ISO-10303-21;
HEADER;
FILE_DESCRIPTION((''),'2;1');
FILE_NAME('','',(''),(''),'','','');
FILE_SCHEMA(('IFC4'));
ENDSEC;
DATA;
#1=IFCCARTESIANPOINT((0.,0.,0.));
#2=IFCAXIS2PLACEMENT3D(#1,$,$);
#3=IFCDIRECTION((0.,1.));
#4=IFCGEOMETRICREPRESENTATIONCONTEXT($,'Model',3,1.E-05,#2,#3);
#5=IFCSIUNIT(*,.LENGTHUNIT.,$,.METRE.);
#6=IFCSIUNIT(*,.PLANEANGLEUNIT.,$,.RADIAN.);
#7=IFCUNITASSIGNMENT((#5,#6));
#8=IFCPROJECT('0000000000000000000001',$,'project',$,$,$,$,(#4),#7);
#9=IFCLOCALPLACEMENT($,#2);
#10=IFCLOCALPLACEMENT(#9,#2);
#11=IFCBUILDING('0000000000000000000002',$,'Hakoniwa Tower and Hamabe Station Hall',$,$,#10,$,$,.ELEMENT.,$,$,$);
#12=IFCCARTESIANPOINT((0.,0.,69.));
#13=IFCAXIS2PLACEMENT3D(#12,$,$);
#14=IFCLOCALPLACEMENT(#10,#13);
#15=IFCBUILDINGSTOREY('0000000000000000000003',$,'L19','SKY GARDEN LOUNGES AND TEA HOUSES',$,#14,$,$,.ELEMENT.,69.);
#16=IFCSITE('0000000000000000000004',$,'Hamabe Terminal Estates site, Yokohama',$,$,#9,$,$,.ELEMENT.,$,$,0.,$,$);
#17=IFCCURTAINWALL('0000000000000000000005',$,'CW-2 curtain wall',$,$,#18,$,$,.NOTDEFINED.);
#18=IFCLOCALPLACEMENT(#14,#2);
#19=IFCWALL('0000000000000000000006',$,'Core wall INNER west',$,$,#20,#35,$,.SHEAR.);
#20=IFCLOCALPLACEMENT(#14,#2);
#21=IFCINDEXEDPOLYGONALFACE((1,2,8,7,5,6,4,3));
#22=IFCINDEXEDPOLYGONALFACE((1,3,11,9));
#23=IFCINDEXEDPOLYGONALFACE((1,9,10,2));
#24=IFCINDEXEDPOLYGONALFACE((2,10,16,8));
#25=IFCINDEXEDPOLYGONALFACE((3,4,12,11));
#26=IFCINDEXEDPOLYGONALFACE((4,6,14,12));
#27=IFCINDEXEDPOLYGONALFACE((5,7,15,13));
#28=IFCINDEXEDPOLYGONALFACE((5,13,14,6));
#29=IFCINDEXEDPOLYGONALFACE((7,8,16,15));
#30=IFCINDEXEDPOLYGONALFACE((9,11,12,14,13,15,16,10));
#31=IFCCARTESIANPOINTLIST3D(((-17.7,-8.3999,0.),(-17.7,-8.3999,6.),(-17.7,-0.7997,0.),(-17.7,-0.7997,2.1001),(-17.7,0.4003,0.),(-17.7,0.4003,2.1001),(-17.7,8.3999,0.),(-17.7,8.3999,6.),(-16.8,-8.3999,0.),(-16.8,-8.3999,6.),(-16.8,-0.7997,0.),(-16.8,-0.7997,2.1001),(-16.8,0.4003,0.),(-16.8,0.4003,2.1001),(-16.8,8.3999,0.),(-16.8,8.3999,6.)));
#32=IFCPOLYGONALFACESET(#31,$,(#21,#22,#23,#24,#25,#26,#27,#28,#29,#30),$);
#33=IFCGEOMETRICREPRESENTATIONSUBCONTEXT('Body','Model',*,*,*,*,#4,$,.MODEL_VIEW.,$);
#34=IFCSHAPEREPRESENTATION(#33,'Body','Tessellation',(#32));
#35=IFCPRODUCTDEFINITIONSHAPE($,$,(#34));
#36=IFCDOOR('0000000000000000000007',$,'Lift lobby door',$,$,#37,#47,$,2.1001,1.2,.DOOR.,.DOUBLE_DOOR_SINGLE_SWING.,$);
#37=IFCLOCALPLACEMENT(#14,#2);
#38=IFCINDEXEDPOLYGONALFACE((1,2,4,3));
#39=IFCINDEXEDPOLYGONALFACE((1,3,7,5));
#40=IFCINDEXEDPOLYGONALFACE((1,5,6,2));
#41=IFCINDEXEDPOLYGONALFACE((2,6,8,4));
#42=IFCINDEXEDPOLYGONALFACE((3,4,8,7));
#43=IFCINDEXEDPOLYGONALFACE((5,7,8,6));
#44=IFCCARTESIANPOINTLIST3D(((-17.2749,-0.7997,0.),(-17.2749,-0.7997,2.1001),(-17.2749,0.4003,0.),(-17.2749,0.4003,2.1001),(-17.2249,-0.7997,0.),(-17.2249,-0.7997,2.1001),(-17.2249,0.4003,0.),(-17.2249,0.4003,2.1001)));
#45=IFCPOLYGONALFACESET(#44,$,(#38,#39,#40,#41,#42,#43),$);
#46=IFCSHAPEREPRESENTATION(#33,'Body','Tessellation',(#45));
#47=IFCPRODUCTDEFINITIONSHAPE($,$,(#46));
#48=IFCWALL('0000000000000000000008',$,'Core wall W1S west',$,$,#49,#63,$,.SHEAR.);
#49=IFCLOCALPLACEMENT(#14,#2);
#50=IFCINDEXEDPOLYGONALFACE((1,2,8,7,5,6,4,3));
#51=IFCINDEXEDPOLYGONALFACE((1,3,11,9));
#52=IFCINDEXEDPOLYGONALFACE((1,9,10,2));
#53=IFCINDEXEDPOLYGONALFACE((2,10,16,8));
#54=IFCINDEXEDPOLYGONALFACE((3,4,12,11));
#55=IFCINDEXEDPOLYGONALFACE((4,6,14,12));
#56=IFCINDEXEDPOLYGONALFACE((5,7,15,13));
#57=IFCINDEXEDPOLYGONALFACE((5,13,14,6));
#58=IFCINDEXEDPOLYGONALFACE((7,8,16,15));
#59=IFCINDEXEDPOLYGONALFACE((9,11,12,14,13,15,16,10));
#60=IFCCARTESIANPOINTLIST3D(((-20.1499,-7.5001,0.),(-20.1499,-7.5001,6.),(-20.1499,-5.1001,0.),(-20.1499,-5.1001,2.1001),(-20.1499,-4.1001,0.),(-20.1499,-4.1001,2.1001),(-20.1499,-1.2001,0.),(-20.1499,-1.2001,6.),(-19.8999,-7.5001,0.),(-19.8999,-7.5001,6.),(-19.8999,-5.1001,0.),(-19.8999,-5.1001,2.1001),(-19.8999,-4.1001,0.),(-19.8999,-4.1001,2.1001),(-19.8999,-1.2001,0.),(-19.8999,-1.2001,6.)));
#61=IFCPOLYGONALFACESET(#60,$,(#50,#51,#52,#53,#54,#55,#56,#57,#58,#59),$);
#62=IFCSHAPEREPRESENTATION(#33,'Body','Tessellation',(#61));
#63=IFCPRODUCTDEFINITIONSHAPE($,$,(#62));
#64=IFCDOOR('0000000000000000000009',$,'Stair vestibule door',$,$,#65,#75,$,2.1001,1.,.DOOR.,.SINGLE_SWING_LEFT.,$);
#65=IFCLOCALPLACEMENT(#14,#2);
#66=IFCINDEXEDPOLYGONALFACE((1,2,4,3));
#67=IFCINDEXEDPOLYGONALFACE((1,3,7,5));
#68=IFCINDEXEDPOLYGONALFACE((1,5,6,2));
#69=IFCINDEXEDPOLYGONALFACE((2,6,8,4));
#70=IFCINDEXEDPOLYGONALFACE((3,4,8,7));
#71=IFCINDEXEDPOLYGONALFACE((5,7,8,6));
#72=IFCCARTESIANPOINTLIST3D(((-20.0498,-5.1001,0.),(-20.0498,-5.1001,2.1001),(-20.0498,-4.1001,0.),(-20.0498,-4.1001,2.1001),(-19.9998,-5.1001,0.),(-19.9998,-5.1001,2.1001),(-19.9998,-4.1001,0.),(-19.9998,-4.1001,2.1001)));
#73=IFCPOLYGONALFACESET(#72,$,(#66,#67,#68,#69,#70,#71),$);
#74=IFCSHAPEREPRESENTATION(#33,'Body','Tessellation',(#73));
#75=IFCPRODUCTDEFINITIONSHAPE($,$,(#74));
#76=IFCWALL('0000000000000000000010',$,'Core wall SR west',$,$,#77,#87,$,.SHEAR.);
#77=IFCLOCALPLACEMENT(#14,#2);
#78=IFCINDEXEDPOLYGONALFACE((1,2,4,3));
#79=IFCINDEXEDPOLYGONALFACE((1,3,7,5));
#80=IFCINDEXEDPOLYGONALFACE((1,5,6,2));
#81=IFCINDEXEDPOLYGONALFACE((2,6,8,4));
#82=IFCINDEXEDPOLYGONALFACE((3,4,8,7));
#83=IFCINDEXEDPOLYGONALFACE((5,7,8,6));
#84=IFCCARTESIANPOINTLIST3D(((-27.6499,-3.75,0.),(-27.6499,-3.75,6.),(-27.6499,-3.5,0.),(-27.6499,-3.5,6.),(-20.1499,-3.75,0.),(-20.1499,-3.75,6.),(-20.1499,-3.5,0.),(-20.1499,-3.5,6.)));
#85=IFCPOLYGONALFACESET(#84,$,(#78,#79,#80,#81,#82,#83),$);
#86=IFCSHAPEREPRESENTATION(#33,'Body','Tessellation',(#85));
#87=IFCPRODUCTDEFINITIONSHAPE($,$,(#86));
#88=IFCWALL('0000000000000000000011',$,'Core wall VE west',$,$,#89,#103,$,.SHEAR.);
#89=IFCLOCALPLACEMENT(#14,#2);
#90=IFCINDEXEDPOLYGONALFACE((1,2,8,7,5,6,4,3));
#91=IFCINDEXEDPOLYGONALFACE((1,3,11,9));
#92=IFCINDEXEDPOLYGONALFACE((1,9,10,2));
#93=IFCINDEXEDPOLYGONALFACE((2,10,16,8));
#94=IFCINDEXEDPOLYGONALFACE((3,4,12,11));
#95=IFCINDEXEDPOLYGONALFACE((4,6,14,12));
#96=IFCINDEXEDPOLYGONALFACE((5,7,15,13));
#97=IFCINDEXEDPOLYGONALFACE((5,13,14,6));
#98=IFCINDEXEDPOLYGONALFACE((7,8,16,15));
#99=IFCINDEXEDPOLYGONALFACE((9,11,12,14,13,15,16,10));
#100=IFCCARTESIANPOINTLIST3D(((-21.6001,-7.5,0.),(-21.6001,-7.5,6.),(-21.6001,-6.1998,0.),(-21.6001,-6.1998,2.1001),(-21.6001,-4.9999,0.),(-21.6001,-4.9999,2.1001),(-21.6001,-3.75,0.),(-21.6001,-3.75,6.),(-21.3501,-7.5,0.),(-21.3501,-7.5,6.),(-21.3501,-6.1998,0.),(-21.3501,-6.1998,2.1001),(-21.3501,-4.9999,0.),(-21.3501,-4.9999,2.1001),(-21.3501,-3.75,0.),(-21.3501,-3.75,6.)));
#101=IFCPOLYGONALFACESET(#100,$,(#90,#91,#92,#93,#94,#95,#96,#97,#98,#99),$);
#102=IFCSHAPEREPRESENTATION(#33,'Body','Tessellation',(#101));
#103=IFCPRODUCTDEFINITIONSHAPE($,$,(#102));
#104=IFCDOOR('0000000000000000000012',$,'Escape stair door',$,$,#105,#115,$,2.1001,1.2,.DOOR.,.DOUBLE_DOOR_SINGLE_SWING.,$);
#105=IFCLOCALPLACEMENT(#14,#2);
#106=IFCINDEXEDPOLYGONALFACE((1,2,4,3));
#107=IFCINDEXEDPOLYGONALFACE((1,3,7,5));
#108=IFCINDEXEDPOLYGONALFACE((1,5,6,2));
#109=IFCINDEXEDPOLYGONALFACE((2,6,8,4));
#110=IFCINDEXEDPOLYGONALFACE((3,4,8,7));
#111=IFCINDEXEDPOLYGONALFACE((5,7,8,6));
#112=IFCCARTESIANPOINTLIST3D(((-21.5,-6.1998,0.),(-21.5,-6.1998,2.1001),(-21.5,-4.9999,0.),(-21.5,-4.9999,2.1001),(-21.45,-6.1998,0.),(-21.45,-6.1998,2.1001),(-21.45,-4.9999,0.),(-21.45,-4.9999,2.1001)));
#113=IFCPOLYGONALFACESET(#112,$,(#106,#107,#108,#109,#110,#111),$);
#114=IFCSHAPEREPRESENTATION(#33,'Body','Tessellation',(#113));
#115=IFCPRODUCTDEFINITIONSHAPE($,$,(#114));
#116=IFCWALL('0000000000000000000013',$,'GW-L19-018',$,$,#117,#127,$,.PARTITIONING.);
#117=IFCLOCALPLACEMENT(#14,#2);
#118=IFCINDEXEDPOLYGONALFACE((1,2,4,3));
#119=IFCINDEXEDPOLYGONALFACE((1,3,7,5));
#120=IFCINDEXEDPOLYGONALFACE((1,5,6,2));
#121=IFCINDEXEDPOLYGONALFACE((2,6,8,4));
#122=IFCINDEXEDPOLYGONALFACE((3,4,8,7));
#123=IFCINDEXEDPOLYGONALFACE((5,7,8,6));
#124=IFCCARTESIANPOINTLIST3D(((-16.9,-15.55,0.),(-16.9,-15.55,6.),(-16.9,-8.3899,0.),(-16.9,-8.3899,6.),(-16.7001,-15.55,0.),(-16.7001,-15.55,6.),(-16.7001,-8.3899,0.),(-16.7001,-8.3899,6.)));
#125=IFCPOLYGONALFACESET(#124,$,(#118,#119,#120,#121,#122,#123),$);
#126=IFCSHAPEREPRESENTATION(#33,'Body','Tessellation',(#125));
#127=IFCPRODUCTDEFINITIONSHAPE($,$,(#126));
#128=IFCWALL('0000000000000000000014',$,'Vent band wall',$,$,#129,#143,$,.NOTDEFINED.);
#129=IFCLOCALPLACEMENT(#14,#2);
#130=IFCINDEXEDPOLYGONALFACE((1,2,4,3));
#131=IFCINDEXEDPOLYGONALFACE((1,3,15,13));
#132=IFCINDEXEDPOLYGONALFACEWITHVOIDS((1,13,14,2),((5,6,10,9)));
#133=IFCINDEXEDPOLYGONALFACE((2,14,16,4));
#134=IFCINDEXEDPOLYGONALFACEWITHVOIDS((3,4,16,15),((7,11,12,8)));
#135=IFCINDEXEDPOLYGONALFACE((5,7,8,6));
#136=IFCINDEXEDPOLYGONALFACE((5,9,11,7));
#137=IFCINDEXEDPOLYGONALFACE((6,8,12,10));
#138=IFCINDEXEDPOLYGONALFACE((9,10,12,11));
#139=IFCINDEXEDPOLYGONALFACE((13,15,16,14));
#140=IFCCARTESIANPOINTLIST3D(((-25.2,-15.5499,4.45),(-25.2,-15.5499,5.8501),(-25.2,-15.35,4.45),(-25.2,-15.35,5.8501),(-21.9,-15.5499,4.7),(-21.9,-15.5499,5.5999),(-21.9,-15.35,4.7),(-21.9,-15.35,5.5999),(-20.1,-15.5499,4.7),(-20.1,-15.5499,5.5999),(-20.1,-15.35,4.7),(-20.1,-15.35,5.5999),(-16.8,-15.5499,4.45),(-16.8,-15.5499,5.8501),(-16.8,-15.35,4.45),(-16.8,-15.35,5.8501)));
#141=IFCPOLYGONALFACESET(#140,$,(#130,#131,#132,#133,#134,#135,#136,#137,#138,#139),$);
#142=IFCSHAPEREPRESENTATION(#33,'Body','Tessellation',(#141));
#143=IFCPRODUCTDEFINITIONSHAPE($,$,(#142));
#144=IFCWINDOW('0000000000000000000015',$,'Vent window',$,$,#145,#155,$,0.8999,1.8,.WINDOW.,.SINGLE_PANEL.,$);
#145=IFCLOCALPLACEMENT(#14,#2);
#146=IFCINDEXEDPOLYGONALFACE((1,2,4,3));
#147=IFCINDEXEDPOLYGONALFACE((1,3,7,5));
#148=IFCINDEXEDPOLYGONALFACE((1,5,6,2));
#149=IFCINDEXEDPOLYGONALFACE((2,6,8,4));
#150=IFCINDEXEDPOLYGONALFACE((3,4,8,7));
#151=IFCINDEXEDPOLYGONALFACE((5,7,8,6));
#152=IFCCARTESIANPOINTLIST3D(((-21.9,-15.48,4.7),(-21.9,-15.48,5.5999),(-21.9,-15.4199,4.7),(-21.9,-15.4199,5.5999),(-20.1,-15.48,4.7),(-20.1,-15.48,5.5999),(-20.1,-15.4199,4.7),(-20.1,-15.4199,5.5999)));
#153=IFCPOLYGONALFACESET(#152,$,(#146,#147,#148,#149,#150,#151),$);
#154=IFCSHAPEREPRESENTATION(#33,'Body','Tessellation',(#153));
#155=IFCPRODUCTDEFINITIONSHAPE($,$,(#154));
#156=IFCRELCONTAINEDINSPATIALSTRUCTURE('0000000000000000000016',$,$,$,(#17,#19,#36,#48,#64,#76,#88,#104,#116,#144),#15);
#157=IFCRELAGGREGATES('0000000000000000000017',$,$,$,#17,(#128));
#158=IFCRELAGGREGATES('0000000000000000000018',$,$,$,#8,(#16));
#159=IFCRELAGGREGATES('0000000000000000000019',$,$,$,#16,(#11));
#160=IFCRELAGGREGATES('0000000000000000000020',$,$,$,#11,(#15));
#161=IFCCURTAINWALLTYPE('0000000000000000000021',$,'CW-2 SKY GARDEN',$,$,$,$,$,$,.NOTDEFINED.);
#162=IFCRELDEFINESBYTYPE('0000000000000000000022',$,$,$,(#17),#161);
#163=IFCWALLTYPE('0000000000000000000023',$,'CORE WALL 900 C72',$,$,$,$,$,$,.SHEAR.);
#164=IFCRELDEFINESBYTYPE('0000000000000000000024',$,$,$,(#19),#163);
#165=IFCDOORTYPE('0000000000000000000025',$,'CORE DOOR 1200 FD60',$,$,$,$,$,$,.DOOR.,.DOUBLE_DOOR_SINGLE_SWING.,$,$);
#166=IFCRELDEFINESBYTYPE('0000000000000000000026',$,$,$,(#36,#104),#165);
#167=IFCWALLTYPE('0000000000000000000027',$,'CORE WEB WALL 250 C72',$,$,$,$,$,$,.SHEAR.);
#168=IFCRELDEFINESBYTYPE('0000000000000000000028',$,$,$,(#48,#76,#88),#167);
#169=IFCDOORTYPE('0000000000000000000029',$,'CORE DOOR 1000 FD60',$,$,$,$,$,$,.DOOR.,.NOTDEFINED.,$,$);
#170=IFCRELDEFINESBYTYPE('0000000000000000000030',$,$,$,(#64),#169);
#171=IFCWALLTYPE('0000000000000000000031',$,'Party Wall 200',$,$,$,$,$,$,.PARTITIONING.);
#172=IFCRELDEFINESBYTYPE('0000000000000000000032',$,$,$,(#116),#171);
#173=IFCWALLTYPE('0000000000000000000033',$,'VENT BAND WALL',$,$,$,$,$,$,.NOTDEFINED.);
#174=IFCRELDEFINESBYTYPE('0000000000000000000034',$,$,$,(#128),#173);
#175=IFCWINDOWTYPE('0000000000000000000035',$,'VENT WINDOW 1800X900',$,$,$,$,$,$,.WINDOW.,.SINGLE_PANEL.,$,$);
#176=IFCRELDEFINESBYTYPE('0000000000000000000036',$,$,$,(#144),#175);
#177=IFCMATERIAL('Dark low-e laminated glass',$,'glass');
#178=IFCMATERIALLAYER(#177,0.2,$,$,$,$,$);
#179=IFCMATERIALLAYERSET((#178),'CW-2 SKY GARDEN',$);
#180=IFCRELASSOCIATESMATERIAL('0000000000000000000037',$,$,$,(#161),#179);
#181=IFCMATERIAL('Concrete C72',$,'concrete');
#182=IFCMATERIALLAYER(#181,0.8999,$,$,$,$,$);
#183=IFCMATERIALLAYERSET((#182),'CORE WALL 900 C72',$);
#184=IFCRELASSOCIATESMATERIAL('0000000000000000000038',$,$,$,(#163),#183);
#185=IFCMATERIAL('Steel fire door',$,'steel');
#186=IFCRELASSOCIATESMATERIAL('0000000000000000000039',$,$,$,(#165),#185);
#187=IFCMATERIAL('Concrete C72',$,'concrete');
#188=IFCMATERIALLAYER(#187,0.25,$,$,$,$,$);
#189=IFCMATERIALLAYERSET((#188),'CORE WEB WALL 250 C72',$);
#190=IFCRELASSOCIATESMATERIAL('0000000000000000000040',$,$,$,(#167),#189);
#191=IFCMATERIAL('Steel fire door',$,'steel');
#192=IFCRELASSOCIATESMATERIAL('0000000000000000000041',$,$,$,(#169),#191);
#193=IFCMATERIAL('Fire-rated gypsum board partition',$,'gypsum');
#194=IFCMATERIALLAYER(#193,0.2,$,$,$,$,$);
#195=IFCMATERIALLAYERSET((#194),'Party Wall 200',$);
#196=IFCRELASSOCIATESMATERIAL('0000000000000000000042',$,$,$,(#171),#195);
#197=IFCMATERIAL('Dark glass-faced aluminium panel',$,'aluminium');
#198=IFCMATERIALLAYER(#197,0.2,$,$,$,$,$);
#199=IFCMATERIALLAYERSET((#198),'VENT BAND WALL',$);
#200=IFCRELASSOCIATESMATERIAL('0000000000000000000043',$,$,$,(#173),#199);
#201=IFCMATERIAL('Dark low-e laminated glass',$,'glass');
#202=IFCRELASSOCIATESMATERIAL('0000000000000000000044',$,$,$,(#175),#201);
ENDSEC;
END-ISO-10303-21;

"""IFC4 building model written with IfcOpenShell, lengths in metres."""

from ifc_helpers import new_model, si_unit, direction, frame, frame_2d, origin, place, context, subcontext, project, spatial, rectangle, extrude, material, layer, layer_set, type_object, element, fill, aggregate, save


model = new_model("IFC4")

# Units and contexts
model_context = context("Model", 3, precision=1e-05, world=origin(), true_north=direction((0.0, 1.0)))
body_context = subcontext(model_context, "Body", "Model", "MODEL_VIEW")
ifc_project = project(units=[si_unit("LENGTHUNIT", "METRE"), si_unit("PLANEANGLEUNIT", "RADIAN")], contexts=[model_context])

# Site, building, storey
site_placement = place(None, origin())
site = spatial("IfcSite", under=ifc_project, at=site_placement, Name="Hamabe Terminal Estates site, Yokohama", CompositionType="ELEMENT", RefElevation=0.0)
building_placement = place(site_placement, origin())
building = spatial("IfcBuilding", under=site, at=building_placement, Name="Hakoniwa Tower and Hamabe Station Hall", CompositionType="ELEMENT")
storey_placement = place(building_placement, frame((0.0, 0.0, 69.0)))
storey = spatial("IfcBuildingStorey", under=building, at=storey_placement, Name="L19", Description="SKY GARDEN LOUNGES AND TEA HOUSES", CompositionType="ELEMENT", Elevation=69.0)

# Curtain wall
ifc_material_1 = material(Name="Dark low-e laminated glass", Category="glass")
ifc_layer_1 = layer(ifc_material_1, 0.2)
ifc_layer_set_1 = layer_set([ifc_layer_1], Name="CW-2 SKY GARDEN")
curtain_wall_type = type_object("IfcCurtainWallType", Name="CW-2 SKY GARDEN", PredefinedType="NOTDEFINED", material=ifc_layer_set_1)
curtain_wall_placement = place(storey_placement, origin())
curtain_wall = element("IfcCurtainWall", 1, at=curtain_wall_placement, inside=storey, type_object=curtain_wall_type, Name="CW-2 curtain wall", PredefinedType="NOTDEFINED")

# Walls, openings, doors
ifc_material_2 = material(Name="Concrete C72", Category="concrete")
ifc_layer_2 = layer(ifc_material_2, 0.8999)
ifc_layer_set_2 = layer_set([ifc_layer_2], Name="CORE WALL 900 C72")
wall_type_1 = type_object("IfcWallType", Name="CORE WALL 900 C72", PredefinedType="SHEAR", material=ifc_layer_set_2)
wall_1_placement = place(storey_placement, frame((-17.25, -8.3999, 0.0), z_axis=(0.0, 0.0, 1.0), x_axis=(0.0, 1.0, 0.0)))
wall_1 = element("IfcWall", 2, at=wall_1_placement, inside=storey, type_object=wall_type_1, Name="Core wall INNER west", PredefinedType="SHEAR", context=body_context, shape_type="SweptSolid", body=[
    extrude(rectangle(XDim=16.7998, YDim=0.8999, at=frame_2d((8.3999, 0.0))), origin(), (0.0, 0.0, 1.0), 6.0),
])
opening_1_placement = place(wall_1_placement, frame((7.6001, 0.0, 0.0)))
opening_1 = element("IfcOpeningElement", 3, at=opening_1_placement, cuts=wall_1, PredefinedType="OPENING", context=body_context, shape_type="SweptSolid", body=[
    extrude(rectangle(XDim=1.2, YDim=2.1001, at=frame_2d((0.6001, 1.05))), frame((0.0, 0.46, 0.0), z_axis=(0.0, -1.0, 0.0), x_axis=(1.0, 0.0, 0.0)), (0.0, 0.0, 1.0), 0.9199),
])
ifc_material_3 = material(Name="Steel fire door", Category="steel")
door_type_1 = type_object("IfcDoorType", Name="CORE DOOR 1200 FD60", OperationType="DOUBLE_DOOR_SINGLE_SWING", PredefinedType="DOOR", material=ifc_material_3)
door_1_placement = place(opening_1_placement, origin())
door_1 = element("IfcDoor", 4, at=door_1_placement, inside=storey, type_object=door_type_1, Name="Lift lobby door", OperationType="DOUBLE_DOOR_SINGLE_SWING", OverallHeight=2.1001, OverallWidth=1.2, PredefinedType="DOOR", context=body_context, shape_type="SweptSolid", body=[
    extrude(rectangle(XDim=1.2, YDim=2.1001, at=frame_2d((0.6001, 1.05))), frame((0.0, 0.0249, 0.0), z_axis=(0.0, -1.0, 0.0), x_axis=(1.0, 0.0, 0.0)), (0.0, 0.0, 1.0), 0.05),
])
fill(opening_1, door_1)
ifc_material_4 = material(Name="Concrete C72", Category="concrete")
ifc_layer_3 = layer(ifc_material_4, 0.25)
ifc_layer_set_3 = layer_set([ifc_layer_3], Name="CORE WEB WALL 250 C72")
wall_type_2 = type_object("IfcWallType", Name="CORE WEB WALL 250 C72", PredefinedType="SHEAR", material=ifc_layer_set_3)
wall_2_placement = place(storey_placement, frame((-20.0249, -7.5, 0.0), z_axis=(0.0, 0.0, 1.0), x_axis=(0.0, 1.0, 0.0)))
wall_2 = element("IfcWall", 5, at=wall_2_placement, inside=storey, type_object=wall_type_2, Name="Core wall W1S west", PredefinedType="SHEAR", context=body_context, shape_type="SweptSolid", body=[
    extrude(rectangle(XDim=6.3, YDim=0.25, at=frame_2d((3.1499, 0.0))), origin(), (0.0, 0.0, 1.0), 6.0),
])
opening_2_placement = place(wall_2_placement, frame((2.3999, 0.0, 0.0)))
opening_2 = element("IfcOpeningElement", 6, at=opening_2_placement, cuts=wall_2, PredefinedType="OPENING", context=body_context, shape_type="SweptSolid", body=[
    extrude(rectangle(XDim=1.0, YDim=2.1001, at=frame_2d((0.5, 1.05))), frame((0.0, 0.135, 0.0), z_axis=(0.0, -1.0, 0.0), x_axis=(1.0, 0.0, 0.0)), (0.0, 0.0, 1.0), 0.27),
])
ifc_material_5 = material(Name="Steel fire door", Category="steel")
door_type_2 = type_object("IfcDoorType", Name="CORE DOOR 1000 FD60", OperationType="NOTDEFINED", PredefinedType="DOOR", material=ifc_material_5)
door_2_placement = place(opening_2_placement, origin())
door_2 = element("IfcDoor", 7, at=door_2_placement, inside=storey, type_object=door_type_2, Name="Stair vestibule door", OperationType="SINGLE_SWING_LEFT", OverallHeight=2.1001, OverallWidth=1.0, PredefinedType="DOOR", context=body_context, shape_type="SweptSolid", body=[
    extrude(rectangle(XDim=1.0, YDim=2.1001, at=frame_2d((0.5, 1.05))), frame((0.0, 0.0249, 0.0), z_axis=(0.0, -1.0, 0.0), x_axis=(1.0, 0.0, 0.0)), (0.0, 0.0, 1.0), 0.05),
])
fill(opening_2, door_2)

# Wall
wall_3_placement = place(storey_placement, frame((-27.6499, -3.625, 0.0), z_axis=(0.0, 0.0, 1.0), x_axis=(1.0, 0.0, 0.0)))
element("IfcWall", 8, at=wall_3_placement, inside=storey, type_object=wall_type_2, Name="Core wall SR west", PredefinedType="SHEAR", context=body_context, shape_type="SweptSolid", body=[
    extrude(rectangle(XDim=7.5, YDim=0.25, at=frame_2d((3.75, 0.0))), origin(), (0.0, 0.0, 1.0), 6.0),
])

# Wall, opening, door
wall_4_placement = place(storey_placement, frame((-21.4751, -7.5, 0.0), z_axis=(0.0, 0.0, 1.0), x_axis=(0.0, 1.0, 0.0)))
wall_4 = element("IfcWall", 9, at=wall_4_placement, inside=storey, type_object=wall_type_2, Name="Core wall VE west", PredefinedType="SHEAR", context=body_context, shape_type="SweptSolid", body=[
    extrude(rectangle(XDim=3.75, YDim=0.25, at=frame_2d((1.875, 0.0))), origin(), (0.0, 0.0, 1.0), 6.0),
])
opening_3_placement = place(wall_4_placement, frame((1.3, 0.0, 0.0)))
opening_3 = element("IfcOpeningElement", 10, at=opening_3_placement, cuts=wall_4, PredefinedType="OPENING", context=body_context, shape_type="SweptSolid", body=[
    extrude(rectangle(XDim=1.2, YDim=2.1001, at=frame_2d((0.6001, 1.05))), frame((0.0, 0.135, 0.0), z_axis=(0.0, -1.0, 0.0), x_axis=(1.0, 0.0, 0.0)), (0.0, 0.0, 1.0), 0.27),
])
door_3_placement = place(opening_3_placement, origin())
door_3 = element("IfcDoor", 11, at=door_3_placement, inside=storey, type_object=door_type_1, Name="Escape stair door", OperationType="DOUBLE_DOOR_SINGLE_SWING", OverallHeight=2.1001, OverallWidth=1.2, PredefinedType="DOOR", context=body_context, shape_type="SweptSolid", body=[
    extrude(rectangle(XDim=1.2, YDim=2.1001, at=frame_2d((0.6001, 1.05))), frame((0.0, 0.0249, 0.0), z_axis=(0.0, -1.0, 0.0), x_axis=(1.0, 0.0, 0.0)), (0.0, 0.0, 1.0), 0.05),
])
fill(opening_3, door_3)

# Wall
ifc_material_6 = material(Name="Fire-rated gypsum board partition", Category="gypsum")
ifc_layer_4 = layer(ifc_material_6, 0.2)
ifc_layer_set_4 = layer_set([ifc_layer_4], Name="Party Wall 200")
wall_type_3 = type_object("IfcWallType", Name="Party Wall 200", PredefinedType="PARTITIONING", material=ifc_layer_set_4)
wall_5_placement = place(storey_placement, frame((-16.8, -15.55, 0.0), z_axis=(0.0, 0.0, 1.0), x_axis=(0.0, 1.0, 0.0)))
element("IfcWall", 12, at=wall_5_placement, inside=storey, type_object=wall_type_3, Name="GW-L19-018", PredefinedType="PARTITIONING", context=body_context, shape_type="SweptSolid", body=[
    extrude(rectangle(XDim=7.1602, YDim=0.2, at=frame_2d((3.5801, 0.0))), origin(), (0.0, 0.0, 1.0), 6.0),
])

# Wall, opening, window
ifc_material_7 = material(Name="Dark glass-faced aluminium panel", Category="aluminium")
ifc_layer_5 = layer(ifc_material_7, 0.2)
ifc_layer_set_5 = layer_set([ifc_layer_5], Name="VENT BAND WALL")
wall_type_4 = type_object("IfcWallType", Name="VENT BAND WALL", PredefinedType="NOTDEFINED", material=ifc_layer_set_5)
wall_6_placement = place(storey_placement, frame((-25.2, -15.45, 4.45), z_axis=(0.0, 0.0, 1.0), x_axis=(1.0, 0.0, 0.0)))
wall_6 = element("IfcWall", 13, at=wall_6_placement, type_object=wall_type_4, Name="Vent band wall", PredefinedType="NOTDEFINED", context=body_context, shape_type="SweptSolid", body=[
    extrude(rectangle(XDim=8.3999, YDim=0.2, at=frame_2d((4.2, 0.0))), origin(), (0.0, 0.0, 1.0), 1.4001),
])
opening_4_placement = place(wall_6_placement, frame((3.3, 0.0, 0.25)))
opening_4 = element("IfcOpeningElement", 14, at=opening_4_placement, cuts=wall_6, PredefinedType="OPENING", context=body_context, shape_type="SweptSolid", body=[
    extrude(rectangle(XDim=1.8, YDim=0.8999, at=frame_2d((0.8999, 0.45))), frame((0.0, 0.1099, 0.0), z_axis=(0.0, -1.0, 0.0), x_axis=(1.0, 0.0, 0.0)), (0.0, 0.0, 1.0), 0.22),
])
ifc_material_8 = material(Name="Dark low-e laminated glass", Category="glass")
window_type = type_object("IfcWindowType", Name="VENT WINDOW 1800X900", PartitioningType="SINGLE_PANEL", PredefinedType="WINDOW", material=ifc_material_8)
window_1_placement = place(opening_4_placement, origin())
window_1 = element("IfcWindow", 15, at=window_1_placement, inside=storey, type_object=window_type, Name="Vent window", OverallHeight=0.8999, OverallWidth=1.8, PartitioningType="SINGLE_PANEL", PredefinedType="WINDOW", context=body_context, shape_type="SweptSolid", body=[
    extrude(rectangle(XDim=1.8, YDim=0.8999, at=frame_2d((0.8999, 0.45))), frame((0.0, 0.03, 0.0), z_axis=(0.0, -1.0, 0.0), x_axis=(1.0, 0.0, 0.0)), (0.0, 0.0, 1.0), 0.0601),
])
fill(opening_4, window_1)
aggregate(curtain_wall, [wall_6])

save(model, "model.ifc")
